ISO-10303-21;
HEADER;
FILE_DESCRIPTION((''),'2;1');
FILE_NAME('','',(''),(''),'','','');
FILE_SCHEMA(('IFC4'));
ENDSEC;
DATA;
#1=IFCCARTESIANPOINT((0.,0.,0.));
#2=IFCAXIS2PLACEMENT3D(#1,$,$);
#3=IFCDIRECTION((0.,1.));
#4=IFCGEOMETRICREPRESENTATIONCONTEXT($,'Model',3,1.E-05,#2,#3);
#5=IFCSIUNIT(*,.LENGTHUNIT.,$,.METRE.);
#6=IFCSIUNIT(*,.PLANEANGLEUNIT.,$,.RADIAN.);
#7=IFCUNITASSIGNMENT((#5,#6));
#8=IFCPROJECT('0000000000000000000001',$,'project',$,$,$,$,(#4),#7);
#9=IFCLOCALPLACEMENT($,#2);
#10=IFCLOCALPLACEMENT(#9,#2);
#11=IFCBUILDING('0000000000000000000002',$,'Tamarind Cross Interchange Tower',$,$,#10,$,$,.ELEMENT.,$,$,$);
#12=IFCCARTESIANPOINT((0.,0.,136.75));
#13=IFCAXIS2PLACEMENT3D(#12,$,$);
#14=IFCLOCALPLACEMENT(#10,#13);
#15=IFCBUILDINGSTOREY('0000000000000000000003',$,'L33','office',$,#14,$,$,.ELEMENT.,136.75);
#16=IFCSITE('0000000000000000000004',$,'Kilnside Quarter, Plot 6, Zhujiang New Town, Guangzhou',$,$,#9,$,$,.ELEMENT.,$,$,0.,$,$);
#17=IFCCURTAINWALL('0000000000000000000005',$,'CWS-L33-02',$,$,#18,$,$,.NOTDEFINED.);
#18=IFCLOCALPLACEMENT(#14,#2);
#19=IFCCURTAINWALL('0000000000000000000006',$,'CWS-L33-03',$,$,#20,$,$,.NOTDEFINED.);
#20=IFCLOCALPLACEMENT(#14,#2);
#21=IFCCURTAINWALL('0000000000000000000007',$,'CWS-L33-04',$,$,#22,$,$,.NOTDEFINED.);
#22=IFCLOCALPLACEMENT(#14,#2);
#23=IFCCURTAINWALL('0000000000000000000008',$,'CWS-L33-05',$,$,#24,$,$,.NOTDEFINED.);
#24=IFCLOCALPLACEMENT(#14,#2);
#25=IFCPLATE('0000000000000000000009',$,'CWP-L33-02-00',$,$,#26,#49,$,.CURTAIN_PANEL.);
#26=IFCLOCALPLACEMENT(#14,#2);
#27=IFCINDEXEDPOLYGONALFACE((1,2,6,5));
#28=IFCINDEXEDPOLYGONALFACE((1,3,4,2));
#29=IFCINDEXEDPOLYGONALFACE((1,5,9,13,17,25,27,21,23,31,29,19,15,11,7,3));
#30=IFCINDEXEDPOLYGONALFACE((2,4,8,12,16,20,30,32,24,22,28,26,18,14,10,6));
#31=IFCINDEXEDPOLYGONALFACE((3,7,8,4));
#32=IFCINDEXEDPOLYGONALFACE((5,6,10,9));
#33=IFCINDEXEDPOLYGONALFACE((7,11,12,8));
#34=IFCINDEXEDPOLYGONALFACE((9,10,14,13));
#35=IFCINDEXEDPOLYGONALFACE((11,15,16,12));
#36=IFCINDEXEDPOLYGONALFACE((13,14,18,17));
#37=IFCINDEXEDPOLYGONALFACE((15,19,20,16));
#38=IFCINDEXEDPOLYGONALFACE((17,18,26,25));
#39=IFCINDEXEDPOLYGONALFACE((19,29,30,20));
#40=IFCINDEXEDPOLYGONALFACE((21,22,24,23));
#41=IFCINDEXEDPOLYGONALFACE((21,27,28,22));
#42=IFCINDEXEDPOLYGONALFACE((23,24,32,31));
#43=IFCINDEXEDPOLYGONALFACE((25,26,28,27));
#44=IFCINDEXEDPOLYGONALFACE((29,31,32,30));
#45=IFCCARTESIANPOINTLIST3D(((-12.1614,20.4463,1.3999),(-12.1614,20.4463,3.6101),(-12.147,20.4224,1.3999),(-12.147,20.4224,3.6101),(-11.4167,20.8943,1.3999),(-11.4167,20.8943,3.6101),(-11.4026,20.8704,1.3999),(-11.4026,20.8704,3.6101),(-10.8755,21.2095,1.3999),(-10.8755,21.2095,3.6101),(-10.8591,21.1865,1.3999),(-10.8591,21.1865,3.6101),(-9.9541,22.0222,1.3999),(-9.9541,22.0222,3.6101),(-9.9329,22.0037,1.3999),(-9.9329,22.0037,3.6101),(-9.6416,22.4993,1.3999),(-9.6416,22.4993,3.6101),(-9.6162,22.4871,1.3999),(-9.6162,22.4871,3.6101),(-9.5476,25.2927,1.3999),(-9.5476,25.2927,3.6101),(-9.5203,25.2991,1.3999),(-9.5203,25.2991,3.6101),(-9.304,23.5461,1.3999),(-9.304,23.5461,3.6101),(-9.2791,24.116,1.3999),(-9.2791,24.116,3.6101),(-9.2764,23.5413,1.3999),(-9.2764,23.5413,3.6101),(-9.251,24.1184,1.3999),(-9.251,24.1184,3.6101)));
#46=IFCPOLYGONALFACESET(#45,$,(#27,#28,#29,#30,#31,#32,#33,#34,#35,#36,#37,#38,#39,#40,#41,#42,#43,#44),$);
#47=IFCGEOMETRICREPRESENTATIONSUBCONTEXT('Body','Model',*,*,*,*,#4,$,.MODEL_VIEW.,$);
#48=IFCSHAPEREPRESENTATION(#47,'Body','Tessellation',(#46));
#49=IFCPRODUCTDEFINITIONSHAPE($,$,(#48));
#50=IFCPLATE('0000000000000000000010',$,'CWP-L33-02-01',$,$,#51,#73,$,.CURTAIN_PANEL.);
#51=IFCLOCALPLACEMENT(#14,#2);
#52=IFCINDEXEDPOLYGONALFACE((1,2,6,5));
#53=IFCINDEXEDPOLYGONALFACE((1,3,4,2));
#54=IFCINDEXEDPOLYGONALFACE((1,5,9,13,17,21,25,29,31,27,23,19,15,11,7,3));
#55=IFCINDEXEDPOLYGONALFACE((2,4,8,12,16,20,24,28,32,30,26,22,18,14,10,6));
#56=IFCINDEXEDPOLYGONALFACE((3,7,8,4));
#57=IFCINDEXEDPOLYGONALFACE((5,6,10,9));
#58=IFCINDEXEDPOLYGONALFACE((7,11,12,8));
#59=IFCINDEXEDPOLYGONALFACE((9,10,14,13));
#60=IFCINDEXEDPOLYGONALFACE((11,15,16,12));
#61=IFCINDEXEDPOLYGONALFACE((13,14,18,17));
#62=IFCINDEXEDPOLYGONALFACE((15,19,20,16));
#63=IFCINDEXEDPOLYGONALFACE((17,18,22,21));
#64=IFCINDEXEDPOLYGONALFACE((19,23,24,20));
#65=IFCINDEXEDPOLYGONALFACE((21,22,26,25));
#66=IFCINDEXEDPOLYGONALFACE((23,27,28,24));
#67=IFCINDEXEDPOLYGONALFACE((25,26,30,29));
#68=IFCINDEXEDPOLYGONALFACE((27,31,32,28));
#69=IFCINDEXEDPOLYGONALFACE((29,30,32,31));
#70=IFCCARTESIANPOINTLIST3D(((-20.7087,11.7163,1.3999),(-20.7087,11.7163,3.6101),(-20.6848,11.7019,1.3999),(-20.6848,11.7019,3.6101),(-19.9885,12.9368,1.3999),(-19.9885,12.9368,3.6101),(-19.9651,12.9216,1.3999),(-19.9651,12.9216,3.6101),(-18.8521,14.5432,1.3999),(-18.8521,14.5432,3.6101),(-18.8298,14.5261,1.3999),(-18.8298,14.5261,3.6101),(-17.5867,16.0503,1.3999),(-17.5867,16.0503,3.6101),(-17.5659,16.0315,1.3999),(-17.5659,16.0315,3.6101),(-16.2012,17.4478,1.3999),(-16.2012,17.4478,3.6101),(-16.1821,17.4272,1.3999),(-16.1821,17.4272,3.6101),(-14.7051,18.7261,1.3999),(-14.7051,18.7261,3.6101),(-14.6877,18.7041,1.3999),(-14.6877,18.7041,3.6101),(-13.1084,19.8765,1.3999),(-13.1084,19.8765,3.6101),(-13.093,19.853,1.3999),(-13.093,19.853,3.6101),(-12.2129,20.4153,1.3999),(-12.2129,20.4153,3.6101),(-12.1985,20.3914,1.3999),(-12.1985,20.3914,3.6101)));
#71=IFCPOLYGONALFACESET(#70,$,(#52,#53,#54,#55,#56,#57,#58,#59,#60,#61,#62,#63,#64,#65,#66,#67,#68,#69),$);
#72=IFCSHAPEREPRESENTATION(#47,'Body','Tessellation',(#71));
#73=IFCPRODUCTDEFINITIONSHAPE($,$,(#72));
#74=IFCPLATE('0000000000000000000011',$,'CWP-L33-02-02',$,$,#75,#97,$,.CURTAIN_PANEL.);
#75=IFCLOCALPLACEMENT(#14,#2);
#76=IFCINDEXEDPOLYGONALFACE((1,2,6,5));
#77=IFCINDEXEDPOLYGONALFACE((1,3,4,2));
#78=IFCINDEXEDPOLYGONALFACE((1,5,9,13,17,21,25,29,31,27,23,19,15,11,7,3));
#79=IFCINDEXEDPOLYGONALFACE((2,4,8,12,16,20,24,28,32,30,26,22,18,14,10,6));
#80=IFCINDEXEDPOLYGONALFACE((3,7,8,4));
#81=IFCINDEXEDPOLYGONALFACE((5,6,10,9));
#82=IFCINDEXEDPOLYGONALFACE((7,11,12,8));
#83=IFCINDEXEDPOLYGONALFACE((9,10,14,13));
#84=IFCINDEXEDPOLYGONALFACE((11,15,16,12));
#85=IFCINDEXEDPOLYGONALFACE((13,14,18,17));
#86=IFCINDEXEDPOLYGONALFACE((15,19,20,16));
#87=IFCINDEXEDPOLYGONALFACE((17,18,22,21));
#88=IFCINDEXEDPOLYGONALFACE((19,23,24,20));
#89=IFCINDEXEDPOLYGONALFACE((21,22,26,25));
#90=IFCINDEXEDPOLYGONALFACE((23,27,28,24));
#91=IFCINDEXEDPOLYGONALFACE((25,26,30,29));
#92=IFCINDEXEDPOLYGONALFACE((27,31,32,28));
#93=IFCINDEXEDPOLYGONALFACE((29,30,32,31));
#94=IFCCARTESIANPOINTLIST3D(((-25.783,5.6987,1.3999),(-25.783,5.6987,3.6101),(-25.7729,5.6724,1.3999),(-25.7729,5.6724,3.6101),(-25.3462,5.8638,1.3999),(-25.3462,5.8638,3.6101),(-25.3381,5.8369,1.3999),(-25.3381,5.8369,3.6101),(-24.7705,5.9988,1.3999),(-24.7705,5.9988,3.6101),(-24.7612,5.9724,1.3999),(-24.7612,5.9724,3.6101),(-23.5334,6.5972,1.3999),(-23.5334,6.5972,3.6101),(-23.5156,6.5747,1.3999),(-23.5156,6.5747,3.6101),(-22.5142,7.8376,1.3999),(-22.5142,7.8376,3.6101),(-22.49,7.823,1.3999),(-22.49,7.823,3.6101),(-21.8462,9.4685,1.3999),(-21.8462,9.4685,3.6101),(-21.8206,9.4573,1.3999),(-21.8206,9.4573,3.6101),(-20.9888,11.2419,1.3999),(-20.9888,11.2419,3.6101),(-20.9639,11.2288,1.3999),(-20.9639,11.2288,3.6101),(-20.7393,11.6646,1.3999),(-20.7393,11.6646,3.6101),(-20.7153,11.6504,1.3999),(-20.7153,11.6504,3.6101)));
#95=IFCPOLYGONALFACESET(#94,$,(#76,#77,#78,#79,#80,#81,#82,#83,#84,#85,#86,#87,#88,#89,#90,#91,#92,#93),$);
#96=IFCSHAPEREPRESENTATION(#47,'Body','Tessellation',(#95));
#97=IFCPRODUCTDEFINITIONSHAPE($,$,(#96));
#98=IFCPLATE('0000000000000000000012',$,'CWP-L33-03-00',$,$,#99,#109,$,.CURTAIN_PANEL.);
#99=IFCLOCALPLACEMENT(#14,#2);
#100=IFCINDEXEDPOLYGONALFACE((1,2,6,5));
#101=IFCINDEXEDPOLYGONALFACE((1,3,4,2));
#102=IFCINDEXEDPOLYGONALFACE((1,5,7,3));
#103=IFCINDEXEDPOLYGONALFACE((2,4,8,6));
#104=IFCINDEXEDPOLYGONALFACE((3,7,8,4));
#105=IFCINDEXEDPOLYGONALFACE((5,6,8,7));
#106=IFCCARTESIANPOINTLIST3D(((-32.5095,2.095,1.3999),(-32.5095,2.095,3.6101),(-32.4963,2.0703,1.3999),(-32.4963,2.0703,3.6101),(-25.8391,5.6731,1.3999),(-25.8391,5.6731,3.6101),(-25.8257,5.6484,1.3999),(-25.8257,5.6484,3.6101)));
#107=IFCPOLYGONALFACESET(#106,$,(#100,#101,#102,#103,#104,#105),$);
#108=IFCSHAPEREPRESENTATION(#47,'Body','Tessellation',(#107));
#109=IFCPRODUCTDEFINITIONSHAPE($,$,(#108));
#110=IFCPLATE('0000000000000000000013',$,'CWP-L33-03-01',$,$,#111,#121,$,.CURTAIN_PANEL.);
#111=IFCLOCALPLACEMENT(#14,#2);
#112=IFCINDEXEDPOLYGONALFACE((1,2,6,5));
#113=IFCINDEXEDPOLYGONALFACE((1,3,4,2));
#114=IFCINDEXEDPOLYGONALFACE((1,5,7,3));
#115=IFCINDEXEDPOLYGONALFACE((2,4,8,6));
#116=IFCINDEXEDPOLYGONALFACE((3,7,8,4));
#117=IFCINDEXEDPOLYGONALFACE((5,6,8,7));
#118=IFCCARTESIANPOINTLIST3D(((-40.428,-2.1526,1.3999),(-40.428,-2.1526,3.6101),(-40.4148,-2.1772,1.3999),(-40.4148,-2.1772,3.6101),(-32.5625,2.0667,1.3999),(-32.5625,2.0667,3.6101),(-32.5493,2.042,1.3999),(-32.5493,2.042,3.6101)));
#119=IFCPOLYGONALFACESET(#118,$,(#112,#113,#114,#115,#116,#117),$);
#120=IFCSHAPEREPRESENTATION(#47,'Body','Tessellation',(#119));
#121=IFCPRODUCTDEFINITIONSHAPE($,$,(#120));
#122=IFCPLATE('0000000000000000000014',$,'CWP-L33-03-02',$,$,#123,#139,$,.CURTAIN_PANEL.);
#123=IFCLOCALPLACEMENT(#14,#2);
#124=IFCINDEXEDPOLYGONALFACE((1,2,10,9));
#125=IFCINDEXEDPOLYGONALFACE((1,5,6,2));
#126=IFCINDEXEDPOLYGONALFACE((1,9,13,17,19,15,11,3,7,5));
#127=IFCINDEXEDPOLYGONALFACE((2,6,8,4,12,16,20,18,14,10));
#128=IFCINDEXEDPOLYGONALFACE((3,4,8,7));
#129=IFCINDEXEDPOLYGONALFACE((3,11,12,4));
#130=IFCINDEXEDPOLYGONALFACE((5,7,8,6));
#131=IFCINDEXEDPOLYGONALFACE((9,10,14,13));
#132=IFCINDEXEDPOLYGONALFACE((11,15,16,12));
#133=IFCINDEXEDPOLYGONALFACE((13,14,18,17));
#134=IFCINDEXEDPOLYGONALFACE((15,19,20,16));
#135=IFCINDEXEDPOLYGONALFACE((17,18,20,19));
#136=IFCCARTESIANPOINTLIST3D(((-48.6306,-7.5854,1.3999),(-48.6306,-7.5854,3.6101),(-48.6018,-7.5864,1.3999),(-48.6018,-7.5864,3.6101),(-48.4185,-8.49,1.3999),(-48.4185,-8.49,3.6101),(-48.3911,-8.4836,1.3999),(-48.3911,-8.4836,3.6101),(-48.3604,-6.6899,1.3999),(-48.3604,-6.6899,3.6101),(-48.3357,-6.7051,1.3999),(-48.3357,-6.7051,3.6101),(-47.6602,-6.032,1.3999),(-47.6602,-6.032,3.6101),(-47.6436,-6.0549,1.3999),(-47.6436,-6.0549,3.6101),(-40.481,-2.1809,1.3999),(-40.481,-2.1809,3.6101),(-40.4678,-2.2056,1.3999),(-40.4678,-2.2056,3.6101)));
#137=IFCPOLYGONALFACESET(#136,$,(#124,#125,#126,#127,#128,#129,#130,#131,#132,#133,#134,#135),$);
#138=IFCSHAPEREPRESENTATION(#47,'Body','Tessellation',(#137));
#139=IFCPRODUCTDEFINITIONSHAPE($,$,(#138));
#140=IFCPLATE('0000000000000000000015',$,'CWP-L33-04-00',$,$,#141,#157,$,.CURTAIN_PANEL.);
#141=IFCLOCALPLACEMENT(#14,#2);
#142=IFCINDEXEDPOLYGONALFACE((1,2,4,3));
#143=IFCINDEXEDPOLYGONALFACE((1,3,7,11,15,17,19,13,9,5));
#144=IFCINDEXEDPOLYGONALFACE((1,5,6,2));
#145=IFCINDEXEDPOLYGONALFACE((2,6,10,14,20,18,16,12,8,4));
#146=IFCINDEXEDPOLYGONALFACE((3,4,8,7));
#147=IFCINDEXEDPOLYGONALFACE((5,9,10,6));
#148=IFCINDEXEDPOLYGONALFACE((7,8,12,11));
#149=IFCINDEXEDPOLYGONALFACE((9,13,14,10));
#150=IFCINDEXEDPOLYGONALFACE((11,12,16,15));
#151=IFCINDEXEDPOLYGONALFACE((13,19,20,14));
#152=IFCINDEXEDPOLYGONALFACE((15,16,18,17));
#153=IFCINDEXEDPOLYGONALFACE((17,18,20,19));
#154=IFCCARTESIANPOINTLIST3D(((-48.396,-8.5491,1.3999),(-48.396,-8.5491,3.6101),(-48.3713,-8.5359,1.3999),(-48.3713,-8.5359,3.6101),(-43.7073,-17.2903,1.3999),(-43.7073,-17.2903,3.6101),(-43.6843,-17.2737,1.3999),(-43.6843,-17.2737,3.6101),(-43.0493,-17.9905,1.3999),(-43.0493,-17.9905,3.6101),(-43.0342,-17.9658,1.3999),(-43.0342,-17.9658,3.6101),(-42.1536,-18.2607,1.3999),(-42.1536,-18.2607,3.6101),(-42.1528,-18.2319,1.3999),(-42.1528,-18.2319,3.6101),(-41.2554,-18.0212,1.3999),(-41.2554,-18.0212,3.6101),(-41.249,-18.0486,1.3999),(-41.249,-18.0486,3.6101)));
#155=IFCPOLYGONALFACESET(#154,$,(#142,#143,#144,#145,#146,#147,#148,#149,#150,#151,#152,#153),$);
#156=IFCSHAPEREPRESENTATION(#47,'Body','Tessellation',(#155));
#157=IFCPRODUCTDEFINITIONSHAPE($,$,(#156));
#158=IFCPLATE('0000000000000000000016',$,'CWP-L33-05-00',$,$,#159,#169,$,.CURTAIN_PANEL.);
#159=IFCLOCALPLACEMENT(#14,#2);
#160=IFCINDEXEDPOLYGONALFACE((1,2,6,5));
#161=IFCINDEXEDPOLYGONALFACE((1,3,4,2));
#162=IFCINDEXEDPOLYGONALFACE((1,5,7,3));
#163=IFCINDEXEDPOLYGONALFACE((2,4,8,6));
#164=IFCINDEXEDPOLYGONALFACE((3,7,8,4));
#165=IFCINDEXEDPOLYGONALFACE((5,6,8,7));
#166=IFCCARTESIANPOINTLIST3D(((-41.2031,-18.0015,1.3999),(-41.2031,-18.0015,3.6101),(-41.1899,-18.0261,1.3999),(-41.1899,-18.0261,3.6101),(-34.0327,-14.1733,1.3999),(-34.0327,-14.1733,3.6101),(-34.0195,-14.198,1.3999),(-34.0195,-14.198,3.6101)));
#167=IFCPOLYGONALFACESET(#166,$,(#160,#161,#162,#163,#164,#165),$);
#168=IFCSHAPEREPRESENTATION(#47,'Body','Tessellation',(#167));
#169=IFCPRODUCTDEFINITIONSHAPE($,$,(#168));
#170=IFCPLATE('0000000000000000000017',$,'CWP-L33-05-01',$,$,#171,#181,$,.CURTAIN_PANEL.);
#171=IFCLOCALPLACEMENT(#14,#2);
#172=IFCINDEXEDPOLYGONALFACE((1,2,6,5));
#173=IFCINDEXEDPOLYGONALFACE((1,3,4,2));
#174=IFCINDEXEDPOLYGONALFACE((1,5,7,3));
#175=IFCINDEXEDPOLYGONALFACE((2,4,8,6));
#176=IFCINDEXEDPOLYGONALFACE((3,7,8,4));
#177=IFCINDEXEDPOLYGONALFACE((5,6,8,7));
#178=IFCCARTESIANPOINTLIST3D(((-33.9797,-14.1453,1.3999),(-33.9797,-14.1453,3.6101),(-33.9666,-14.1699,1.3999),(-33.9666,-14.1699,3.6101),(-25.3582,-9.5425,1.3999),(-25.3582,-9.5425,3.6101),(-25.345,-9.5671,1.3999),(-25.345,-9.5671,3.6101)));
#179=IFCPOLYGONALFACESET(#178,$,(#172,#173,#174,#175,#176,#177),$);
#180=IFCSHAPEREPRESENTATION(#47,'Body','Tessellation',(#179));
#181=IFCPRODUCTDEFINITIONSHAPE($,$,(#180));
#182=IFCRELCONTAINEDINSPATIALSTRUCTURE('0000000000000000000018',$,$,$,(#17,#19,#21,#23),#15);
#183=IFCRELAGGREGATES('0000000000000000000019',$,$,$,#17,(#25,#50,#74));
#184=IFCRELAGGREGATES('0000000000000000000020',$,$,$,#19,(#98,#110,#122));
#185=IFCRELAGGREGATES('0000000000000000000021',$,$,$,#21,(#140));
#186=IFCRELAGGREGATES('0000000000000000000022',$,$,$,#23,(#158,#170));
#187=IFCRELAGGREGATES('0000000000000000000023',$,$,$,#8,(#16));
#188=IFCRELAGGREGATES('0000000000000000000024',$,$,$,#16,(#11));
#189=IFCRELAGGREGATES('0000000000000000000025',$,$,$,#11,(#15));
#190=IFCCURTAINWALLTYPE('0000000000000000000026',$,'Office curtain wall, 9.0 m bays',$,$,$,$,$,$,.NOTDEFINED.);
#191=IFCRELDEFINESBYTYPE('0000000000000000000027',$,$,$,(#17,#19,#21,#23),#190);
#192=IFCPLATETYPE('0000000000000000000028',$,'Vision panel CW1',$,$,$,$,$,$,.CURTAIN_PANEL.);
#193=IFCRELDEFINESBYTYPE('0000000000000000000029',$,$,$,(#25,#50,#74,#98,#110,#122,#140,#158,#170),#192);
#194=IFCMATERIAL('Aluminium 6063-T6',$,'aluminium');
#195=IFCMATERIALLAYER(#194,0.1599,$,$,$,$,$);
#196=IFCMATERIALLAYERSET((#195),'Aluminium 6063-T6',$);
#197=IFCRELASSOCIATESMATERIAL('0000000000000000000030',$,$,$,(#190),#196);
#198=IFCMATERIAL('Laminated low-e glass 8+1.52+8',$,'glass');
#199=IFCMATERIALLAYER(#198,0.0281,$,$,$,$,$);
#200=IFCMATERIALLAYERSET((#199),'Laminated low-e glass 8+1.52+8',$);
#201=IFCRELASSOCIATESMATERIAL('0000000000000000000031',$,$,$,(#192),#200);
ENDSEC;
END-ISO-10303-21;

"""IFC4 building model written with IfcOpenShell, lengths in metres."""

from ifc_helpers import new_model, si_unit, direction, frame, origin, place, context, subcontext, project, spatial, polyline, outline, extrude, material, layer, layer_set, type_object, element, aggregate, save


model = new_model("IFC4")

# Units and contexts
model_context = context("Model", 3, precision=1e-05, world=origin(), true_north=direction((0.0, 1.0)))
body_context = subcontext(model_context, "Body", "Model", "MODEL_VIEW")
ifc_project = project(units=[si_unit("LENGTHUNIT", "METRE"), si_unit("PLANEANGLEUNIT", "RADIAN")], contexts=[model_context])

# Site, building, storey
site_placement = place(None, origin())
site = spatial("IfcSite", under=ifc_project, at=site_placement, Name="Kilnside Quarter, Plot 6, Zhujiang New Town, Guangzhou", CompositionType="ELEMENT", RefElevation=0.0)
building_placement = place(site_placement, origin())
building = spatial("IfcBuilding", under=site, at=building_placement, Name="Tamarind Cross Interchange Tower", CompositionType="ELEMENT")
storey_placement = place(building_placement, frame((0.0, 0.0, 136.75)))
storey = spatial("IfcBuildingStorey", under=building, at=storey_placement, Name="L33", Description="office", CompositionType="ELEMENT", Elevation=136.75)

# Curtain walls
ifc_material_1 = material(Name="Aluminium 6063-T6", Category="aluminium")
ifc_layer_1 = layer(ifc_material_1, 0.1599)
ifc_layer_set_1 = layer_set([ifc_layer_1], Name="Aluminium 6063-T6")
curtain_wall_type = type_object("IfcCurtainWallType", Name="Office curtain wall, 9.0 m bays", PredefinedType="NOTDEFINED", material=ifc_layer_set_1)
curtain_wall_1_placement = place(storey_placement, origin())
curtain_wall_1 = element("IfcCurtainWall", 1, at=curtain_wall_1_placement, inside=storey, type_object=curtain_wall_type, Name="CWS-L33-02", PredefinedType="NOTDEFINED")
curtain_wall_2_placement = place(storey_placement, origin())
curtain_wall_2 = element("IfcCurtainWall", 2, at=curtain_wall_2_placement, inside=storey, type_object=curtain_wall_type, Name="CWS-L33-03", PredefinedType="NOTDEFINED")
curtain_wall_3_placement = place(storey_placement, origin())
curtain_wall_3 = element("IfcCurtainWall", 3, at=curtain_wall_3_placement, inside=storey, type_object=curtain_wall_type, Name="CWS-L33-04", PredefinedType="NOTDEFINED")
curtain_wall_4_placement = place(storey_placement, origin())
curtain_wall_4 = element("IfcCurtainWall", 4, at=curtain_wall_4_placement, inside=storey, type_object=curtain_wall_type, Name="CWS-L33-05", PredefinedType="NOTDEFINED")

# Plates
ifc_material_2 = material(Name="Laminated low-e glass 8+1.52+8", Category="glass")
ifc_layer_2 = layer(ifc_material_2, 0.0281)
ifc_layer_set_2 = layer_set([ifc_layer_2], Name="Laminated low-e glass 8+1.52+8")
plate_type = type_object("IfcPlateType", Name="Vision panel CW1", PredefinedType="CURTAIN_PANEL", material=ifc_layer_set_2)
plate_1_placement = place(storey_placement, frame((0.0, 0.0, 1.3999)))
plate_1 = element("IfcPlate", 5, at=plate_1_placement, type_object=plate_type, Name="CWP-L33-02-00", PredefinedType="CURTAIN_PANEL", context=body_context, shape_type="SweptSolid", body=[
    extrude(outline(polyline([(-9.5203, 25.2991), (-9.251, 24.1184), (-9.2764, 23.5413), (-9.6162, 22.4871), (-9.9329, 22.0037), (-10.8591, 21.1865), (-11.4026, 20.8704), (-12.147, 20.4224), (-12.1614, 20.4463), (-11.4167, 20.8943), (-10.8755, 21.2095), (-9.9541, 22.0222), (-9.6416, 22.4993), (-9.304, 23.5461), (-9.2791, 24.116), (-9.5476, 25.2927), (-9.5203, 25.2991)])), origin(), (0.0, 0.0, 1.0), 2.2102),
])
plate_2_placement = place(storey_placement, frame((0.0, 0.0, 1.3999)))
plate_2 = element("IfcPlate", 6, at=plate_2_placement, type_object=plate_type, Name="CWP-L33-02-01", PredefinedType="CURTAIN_PANEL", context=body_context, shape_type="SweptSolid", body=[
    extrude(outline(polyline([(-12.1985, 20.3914), (-13.093, 19.853), (-14.6877, 18.7041), (-16.1821, 17.4272), (-17.5659, 16.0315), (-18.8298, 14.5261), (-19.9651, 12.9216), (-20.6848, 11.7019), (-20.7087, 11.7163), (-19.9885, 12.9368), (-18.8521, 14.5432), (-17.5867, 16.0503), (-16.2012, 17.4478), (-14.7051, 18.7261), (-13.1084, 19.8765), (-12.2129, 20.4153), (-12.1985, 20.3914)])), origin(), (0.0, 0.0, 1.0), 2.2102),
])
plate_3_placement = place(storey_placement, frame((0.0, 0.0, 1.3999)))
plate_3 = element("IfcPlate", 7, at=plate_3_placement, type_object=plate_type, Name="CWP-L33-02-02", PredefinedType="CURTAIN_PANEL", context=body_context, shape_type="SweptSolid", body=[
    extrude(outline(polyline([(-20.7153, 11.6504), (-20.9639, 11.2288), (-21.8206, 9.4573), (-22.49, 7.823), (-23.5156, 6.5747), (-24.7612, 5.9724), (-25.3381, 5.8369), (-25.7729, 5.6724), (-25.783, 5.6987), (-25.3462, 5.8638), (-24.7705, 5.9988), (-23.5334, 6.5972), (-22.5142, 7.8376), (-21.8462, 9.4685), (-20.9888, 11.2419), (-20.7393, 11.6646), (-20.7153, 11.6504)])), origin(), (0.0, 0.0, 1.0), 2.2102),
])
aggregate(curtain_wall_1, [plate_1, plate_2, plate_3])
plate_4_placement = place(storey_placement, frame((0.0, 0.0, 1.3999)))
plate_4 = element("IfcPlate", 8, at=plate_4_placement, type_object=plate_type, Name="CWP-L33-03-00", PredefinedType="CURTAIN_PANEL", context=body_context, shape_type="SweptSolid", body=[
    extrude(outline(polyline([(-25.8257, 5.6484), (-32.4963, 2.0703), (-32.5095, 2.095), (-25.8391, 5.6731), (-25.8257, 5.6484)])), origin(), (0.0, 0.0, 1.0), 2.2102),
])
plate_5_placement = place(storey_placement, frame((0.0, 0.0, 1.3999)))
plate_5 = element("IfcPlate", 9, at=plate_5_placement, type_object=plate_type, Name="CWP-L33-03-01", PredefinedType="CURTAIN_PANEL", context=body_context, shape_type="SweptSolid", body=[
    extrude(outline(polyline([(-32.5493, 2.042), (-40.4148, -2.1772), (-40.428, -2.1526), (-32.5625, 2.0667), (-32.5493, 2.042)])), origin(), (0.0, 0.0, 1.0), 2.2102),
])
plate_6_placement = place(storey_placement, frame((0.0, 0.0, 1.3999)))
plate_6 = element("IfcPlate", 10, at=plate_6_placement, type_object=plate_type, Name="CWP-L33-03-02", PredefinedType="CURTAIN_PANEL", context=body_context, shape_type="SweptSolid", body=[
    extrude(outline(polyline([(-40.4678, -2.2056), (-47.6436, -6.0549), (-48.3357, -6.7051), (-48.6018, -7.5864), (-48.3911, -8.4836), (-48.4185, -8.49), (-48.6306, -7.5854), (-48.3604, -6.6899), (-47.6602, -6.032), (-40.481, -2.1809), (-40.4678, -2.2056)])), origin(), (0.0, 0.0, 1.0), 2.2102),
])
aggregate(curtain_wall_2, [plate_4, plate_5, plate_6])
plate_7_placement = place(storey_placement, frame((0.0, 0.0, 1.3999)))
plate_7 = element("IfcPlate", 11, at=plate_7_placement, type_object=plate_type, Name="CWP-L33-04-00", PredefinedType="CURTAIN_PANEL", context=body_context, shape_type="SweptSolid", body=[
    extrude(outline(polyline([(-48.3713, -8.5359), (-43.6843, -17.2737), (-43.0342, -17.9658), (-42.1528, -18.2319), (-41.2554, -18.0212), (-41.249, -18.0486), (-42.1536, -18.2607), (-43.0493, -17.9905), (-43.7073, -17.2903), (-48.396, -8.5491), (-48.3713, -8.5359)])), origin(), (0.0, 0.0, 1.0), 2.2102),
])
aggregate(curtain_wall_3, [plate_7])
plate_8_placement = place(storey_placement, frame((0.0, 0.0, 1.3999)))
plate_8 = element("IfcPlate", 12, at=plate_8_placement, type_object=plate_type, Name="CWP-L33-05-00", PredefinedType="CURTAIN_PANEL", context=body_context, shape_type="SweptSolid", body=[
    extrude(outline(polyline([(-41.2031, -18.0015), (-34.0327, -14.1733), (-34.0195, -14.198), (-41.1899, -18.0261), (-41.2031, -18.0015)])), origin(), (0.0, 0.0, 1.0), 2.2102),
])
plate_9_placement = place(storey_placement, frame((0.0, 0.0, 1.3999)))
plate_9 = element("IfcPlate", 13, at=plate_9_placement, type_object=plate_type, Name="CWP-L33-05-01", PredefinedType="CURTAIN_PANEL", context=body_context, shape_type="SweptSolid", body=[
    extrude(outline(polyline([(-33.9797, -14.1453), (-25.3582, -9.5425), (-25.345, -9.5671), (-33.9666, -14.1699), (-33.9797, -14.1453)])), origin(), (0.0, 0.0, 1.0), 2.2102),
])
aggregate(curtain_wall_4, [plate_8, plate_9])

save(model, "model.ifc")
